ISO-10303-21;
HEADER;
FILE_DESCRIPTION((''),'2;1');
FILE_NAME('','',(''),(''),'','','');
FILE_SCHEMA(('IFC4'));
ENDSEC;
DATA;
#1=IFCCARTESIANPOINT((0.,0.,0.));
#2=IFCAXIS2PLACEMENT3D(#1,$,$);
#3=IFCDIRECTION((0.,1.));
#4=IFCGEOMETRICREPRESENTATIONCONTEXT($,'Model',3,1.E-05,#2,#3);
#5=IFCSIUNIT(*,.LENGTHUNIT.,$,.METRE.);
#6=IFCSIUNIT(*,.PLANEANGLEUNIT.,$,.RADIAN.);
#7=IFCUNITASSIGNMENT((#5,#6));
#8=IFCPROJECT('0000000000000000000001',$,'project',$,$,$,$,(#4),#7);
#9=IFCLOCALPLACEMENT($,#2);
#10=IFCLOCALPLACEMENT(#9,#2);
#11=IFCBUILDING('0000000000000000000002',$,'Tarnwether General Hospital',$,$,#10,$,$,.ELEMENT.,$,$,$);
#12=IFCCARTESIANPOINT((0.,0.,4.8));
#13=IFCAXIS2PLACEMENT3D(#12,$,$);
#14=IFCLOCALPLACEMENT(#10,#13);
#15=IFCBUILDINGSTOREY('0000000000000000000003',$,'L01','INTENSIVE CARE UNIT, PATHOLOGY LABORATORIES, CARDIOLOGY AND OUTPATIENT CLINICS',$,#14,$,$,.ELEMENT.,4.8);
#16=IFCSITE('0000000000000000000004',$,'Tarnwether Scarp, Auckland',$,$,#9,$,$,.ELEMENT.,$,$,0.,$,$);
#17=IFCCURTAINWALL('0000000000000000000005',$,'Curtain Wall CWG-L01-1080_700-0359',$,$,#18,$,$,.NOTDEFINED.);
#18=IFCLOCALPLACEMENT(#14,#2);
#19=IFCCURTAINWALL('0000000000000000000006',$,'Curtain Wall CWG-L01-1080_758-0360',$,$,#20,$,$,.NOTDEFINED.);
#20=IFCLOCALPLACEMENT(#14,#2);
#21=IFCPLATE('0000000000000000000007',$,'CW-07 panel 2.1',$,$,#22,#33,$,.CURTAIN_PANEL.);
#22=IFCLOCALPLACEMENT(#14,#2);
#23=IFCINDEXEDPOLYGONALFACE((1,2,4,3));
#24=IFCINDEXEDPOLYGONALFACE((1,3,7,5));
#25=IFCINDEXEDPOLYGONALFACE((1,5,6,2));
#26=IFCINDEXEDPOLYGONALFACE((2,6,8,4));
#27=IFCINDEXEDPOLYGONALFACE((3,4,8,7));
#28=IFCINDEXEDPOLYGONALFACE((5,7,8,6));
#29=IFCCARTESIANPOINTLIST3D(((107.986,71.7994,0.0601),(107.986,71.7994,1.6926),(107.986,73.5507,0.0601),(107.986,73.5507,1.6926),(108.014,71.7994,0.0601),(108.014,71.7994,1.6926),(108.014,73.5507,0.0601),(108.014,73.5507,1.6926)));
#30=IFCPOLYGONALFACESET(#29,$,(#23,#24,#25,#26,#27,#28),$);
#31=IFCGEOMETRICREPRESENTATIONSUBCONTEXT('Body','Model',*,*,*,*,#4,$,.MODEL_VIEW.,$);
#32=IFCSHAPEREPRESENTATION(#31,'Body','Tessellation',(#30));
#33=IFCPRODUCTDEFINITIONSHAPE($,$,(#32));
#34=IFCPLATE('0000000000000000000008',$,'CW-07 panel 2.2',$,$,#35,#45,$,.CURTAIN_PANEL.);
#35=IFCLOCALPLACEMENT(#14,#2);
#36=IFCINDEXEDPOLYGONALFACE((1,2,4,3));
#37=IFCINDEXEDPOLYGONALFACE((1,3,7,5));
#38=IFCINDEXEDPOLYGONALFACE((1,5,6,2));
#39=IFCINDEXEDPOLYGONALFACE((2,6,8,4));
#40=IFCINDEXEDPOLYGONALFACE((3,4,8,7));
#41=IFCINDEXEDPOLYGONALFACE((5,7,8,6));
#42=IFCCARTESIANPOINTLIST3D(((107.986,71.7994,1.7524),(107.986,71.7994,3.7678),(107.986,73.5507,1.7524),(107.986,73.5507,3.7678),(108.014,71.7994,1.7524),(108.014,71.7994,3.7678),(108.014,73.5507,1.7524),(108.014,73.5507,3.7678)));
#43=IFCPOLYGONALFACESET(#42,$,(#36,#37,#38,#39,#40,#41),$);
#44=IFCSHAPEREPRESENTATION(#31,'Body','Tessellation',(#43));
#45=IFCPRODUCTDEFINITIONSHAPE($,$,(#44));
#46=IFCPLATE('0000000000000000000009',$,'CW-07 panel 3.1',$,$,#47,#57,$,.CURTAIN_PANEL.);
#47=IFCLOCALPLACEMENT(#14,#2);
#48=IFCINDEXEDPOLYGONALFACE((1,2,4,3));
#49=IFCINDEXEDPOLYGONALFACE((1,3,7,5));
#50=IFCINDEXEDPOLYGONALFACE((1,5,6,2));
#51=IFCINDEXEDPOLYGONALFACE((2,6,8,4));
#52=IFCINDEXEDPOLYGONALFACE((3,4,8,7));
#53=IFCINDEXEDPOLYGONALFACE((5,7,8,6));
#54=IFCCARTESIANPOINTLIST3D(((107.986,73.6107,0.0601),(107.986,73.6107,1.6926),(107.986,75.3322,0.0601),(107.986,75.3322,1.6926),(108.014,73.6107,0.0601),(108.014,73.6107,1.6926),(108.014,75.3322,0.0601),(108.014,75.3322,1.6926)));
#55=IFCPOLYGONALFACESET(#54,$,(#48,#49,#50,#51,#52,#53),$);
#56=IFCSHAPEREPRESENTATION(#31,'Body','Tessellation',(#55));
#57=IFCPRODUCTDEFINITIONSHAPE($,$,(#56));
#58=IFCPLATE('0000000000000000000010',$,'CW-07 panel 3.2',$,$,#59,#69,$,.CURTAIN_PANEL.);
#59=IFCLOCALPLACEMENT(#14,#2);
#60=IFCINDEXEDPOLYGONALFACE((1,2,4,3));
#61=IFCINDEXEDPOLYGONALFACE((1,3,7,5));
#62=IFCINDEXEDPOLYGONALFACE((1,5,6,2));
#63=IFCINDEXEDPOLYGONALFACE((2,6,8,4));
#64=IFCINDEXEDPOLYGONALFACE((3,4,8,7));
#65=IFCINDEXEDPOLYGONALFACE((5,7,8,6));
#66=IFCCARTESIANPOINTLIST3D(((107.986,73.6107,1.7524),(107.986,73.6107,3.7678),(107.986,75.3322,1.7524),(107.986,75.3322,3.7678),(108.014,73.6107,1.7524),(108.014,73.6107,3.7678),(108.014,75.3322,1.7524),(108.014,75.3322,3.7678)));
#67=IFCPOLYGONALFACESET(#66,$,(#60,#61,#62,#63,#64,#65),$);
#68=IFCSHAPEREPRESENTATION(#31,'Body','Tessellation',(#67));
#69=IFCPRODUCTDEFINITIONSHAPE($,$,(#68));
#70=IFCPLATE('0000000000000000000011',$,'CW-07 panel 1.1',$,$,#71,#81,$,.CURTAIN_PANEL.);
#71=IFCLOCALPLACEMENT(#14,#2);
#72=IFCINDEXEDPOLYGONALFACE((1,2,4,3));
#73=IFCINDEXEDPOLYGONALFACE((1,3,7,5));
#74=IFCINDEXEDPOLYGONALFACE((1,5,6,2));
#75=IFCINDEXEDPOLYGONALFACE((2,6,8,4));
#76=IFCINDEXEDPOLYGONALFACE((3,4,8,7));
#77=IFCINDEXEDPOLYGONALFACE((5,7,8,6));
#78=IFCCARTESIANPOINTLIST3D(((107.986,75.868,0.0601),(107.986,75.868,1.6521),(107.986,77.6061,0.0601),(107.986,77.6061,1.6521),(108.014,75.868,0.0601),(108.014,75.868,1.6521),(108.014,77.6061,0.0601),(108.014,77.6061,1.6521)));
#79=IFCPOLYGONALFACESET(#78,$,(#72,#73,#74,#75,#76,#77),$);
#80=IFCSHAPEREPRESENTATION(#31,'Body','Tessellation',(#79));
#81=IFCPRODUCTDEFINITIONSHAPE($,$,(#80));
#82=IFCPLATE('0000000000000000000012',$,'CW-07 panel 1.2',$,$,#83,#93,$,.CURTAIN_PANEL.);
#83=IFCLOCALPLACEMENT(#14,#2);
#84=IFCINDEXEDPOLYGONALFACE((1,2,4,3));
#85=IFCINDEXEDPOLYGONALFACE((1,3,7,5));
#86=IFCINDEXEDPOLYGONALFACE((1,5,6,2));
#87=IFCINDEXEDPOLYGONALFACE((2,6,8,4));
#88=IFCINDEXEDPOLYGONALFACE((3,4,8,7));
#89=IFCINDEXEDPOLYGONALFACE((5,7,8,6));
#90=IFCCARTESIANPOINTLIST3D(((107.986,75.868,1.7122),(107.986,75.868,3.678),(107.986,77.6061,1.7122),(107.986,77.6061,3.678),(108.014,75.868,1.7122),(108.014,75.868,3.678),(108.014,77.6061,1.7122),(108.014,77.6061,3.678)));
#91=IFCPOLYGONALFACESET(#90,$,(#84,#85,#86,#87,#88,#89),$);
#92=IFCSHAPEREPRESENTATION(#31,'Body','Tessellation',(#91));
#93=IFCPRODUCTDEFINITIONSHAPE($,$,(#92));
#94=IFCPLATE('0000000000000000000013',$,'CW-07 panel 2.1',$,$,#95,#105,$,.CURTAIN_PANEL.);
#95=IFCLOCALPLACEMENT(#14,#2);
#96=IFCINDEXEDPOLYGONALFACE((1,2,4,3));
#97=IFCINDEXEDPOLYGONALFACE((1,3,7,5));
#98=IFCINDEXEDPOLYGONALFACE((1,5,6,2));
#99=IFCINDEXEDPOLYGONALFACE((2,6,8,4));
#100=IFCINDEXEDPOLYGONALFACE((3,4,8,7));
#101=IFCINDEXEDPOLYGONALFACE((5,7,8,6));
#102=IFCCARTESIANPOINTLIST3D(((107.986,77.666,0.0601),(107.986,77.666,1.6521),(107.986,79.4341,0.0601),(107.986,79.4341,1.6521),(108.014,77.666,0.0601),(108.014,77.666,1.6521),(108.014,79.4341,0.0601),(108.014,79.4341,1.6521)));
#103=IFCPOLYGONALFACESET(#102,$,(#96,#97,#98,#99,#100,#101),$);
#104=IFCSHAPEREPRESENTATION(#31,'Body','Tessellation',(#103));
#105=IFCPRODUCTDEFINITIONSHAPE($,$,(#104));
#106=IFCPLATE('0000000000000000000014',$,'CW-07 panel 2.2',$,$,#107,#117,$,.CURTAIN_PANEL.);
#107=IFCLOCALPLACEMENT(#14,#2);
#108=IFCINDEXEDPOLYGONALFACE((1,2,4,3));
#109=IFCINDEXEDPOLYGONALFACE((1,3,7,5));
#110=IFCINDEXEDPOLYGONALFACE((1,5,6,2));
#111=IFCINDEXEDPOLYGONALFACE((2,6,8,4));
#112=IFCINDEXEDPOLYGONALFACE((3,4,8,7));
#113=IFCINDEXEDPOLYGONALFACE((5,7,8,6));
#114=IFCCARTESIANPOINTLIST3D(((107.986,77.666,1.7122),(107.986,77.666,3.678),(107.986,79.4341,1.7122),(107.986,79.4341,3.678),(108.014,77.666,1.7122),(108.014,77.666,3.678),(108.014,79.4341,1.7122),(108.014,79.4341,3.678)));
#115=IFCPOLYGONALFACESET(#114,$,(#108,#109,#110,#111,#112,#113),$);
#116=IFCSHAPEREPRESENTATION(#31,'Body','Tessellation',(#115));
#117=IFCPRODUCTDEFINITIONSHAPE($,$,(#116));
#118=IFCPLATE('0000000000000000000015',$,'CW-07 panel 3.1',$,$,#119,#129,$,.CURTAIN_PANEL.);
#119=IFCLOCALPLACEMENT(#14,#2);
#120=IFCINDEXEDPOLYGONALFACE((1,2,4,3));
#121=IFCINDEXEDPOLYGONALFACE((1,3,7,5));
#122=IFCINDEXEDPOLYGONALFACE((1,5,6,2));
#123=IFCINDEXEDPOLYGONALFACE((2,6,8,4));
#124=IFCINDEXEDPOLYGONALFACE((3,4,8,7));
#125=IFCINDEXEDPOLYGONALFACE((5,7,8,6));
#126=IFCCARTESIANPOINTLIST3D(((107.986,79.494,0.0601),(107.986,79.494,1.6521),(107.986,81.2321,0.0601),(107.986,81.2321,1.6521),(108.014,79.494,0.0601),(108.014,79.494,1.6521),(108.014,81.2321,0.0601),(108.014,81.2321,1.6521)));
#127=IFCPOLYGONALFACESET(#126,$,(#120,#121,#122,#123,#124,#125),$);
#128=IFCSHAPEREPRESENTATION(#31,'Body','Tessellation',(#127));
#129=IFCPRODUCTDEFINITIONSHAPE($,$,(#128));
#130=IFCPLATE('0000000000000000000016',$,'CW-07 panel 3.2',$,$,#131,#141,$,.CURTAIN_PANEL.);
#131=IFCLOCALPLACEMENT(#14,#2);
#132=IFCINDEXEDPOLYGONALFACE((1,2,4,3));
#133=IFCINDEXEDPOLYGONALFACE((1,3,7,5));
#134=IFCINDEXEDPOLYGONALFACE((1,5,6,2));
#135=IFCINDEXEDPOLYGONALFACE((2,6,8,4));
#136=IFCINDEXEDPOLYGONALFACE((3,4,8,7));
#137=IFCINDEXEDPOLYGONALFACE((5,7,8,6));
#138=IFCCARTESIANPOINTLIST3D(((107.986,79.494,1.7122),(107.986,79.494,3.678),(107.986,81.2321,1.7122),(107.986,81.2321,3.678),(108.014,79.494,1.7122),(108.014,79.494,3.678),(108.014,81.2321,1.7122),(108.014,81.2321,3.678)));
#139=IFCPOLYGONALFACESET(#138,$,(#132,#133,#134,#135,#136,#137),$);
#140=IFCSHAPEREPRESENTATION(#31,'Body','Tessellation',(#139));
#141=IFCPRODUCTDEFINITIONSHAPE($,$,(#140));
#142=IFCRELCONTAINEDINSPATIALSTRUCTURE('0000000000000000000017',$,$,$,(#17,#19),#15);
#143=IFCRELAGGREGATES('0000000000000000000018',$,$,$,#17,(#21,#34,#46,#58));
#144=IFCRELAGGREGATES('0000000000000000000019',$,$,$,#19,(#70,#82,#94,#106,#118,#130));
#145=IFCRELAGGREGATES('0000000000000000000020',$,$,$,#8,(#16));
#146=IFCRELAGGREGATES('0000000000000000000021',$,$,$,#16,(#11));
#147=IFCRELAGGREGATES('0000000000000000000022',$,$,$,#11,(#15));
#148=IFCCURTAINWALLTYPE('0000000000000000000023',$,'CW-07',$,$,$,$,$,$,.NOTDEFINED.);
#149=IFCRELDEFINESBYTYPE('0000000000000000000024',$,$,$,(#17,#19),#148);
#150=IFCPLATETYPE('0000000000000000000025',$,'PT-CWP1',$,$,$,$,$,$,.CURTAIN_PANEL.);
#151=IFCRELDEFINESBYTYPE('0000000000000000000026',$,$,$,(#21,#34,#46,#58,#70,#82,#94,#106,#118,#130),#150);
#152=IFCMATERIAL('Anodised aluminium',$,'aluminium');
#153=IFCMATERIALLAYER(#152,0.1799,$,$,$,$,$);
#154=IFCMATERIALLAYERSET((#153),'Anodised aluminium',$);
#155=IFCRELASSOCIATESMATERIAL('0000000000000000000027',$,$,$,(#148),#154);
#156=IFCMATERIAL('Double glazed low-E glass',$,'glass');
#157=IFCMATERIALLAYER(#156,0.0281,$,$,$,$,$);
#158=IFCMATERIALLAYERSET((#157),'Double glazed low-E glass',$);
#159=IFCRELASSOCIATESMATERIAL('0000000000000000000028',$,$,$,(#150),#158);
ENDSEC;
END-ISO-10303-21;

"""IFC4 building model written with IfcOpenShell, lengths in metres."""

from ifc_helpers import new_model, si_unit, direction, frame, origin, origin_2d, place, context, subcontext, project, spatial, rectangle, extrude, material, layer, layer_set, type_object, element, aggregate, save


model = new_model("IFC4")

# Units and contexts
model_context = context("Model", 3, precision=1e-05, world=origin(), true_north=direction((0.0, 1.0)))
body_context = subcontext(model_context, "Body", "Model", "MODEL_VIEW")
ifc_project = project(units=[si_unit("LENGTHUNIT", "METRE"), si_unit("PLANEANGLEUNIT", "RADIAN")], contexts=[model_context])

# Site, building, storey
site_placement = place(None, origin())
site = spatial("IfcSite", under=ifc_project, at=site_placement, Name="Tarnwether Scarp, Auckland", CompositionType="ELEMENT", RefElevation=0.0)
building_placement = place(site_placement, origin())
building = spatial("IfcBuilding", under=site, at=building_placement, Name="Tarnwether General Hospital", CompositionType="ELEMENT")
storey_placement = place(building_placement, frame((0.0, 0.0, 4.8)))
storey = spatial("IfcBuildingStorey", under=building, at=storey_placement, Name="L01", Description="INTENSIVE CARE UNIT, PATHOLOGY LABORATORIES, CARDIOLOGY AND OUTPATIENT CLINICS", CompositionType="ELEMENT", Elevation=4.8)

# Curtain walls
ifc_material_1 = material(Name="Anodised aluminium", Category="aluminium")
ifc_layer_1 = layer(ifc_material_1, 0.1799)
ifc_layer_set_1 = layer_set([ifc_layer_1], Name="Anodised aluminium")
curtain_wall_type = type_object("IfcCurtainWallType", Name="CW-07", PredefinedType="NOTDEFINED", material=ifc_layer_set_1)
curtain_wall_1_placement = place(storey_placement, origin())
curtain_wall_1 = element("IfcCurtainWall", 1, at=curtain_wall_1_placement, inside=storey, type_object=curtain_wall_type, Name="Curtain Wall CWG-L01-1080_700-0359", PredefinedType="NOTDEFINED")
curtain_wall_2_placement = place(storey_placement, origin())
curtain_wall_2 = element("IfcCurtainWall", 2, at=curtain_wall_2_placement, inside=storey, type_object=curtain_wall_type, Name="Curtain Wall CWG-L01-1080_758-0360", PredefinedType="NOTDEFINED")

# Plates
ifc_material_2 = material(Name="Double glazed low-E glass", Category="glass")
ifc_layer_2 = layer(ifc_material_2, 0.0281)
ifc_layer_set_2 = layer_set([ifc_layer_2], Name="Double glazed low-E glass")
plate_type = type_object("IfcPlateType", Name="PT-CWP1", PredefinedType="CURTAIN_PANEL", material=ifc_layer_set_2)
plate_1_placement = place(storey_placement, frame((108.0, 72.675, 0.0601), z_axis=(0.0, 0.0, 1.0), x_axis=(0.0, 1.0, 0.0)))
plate_1 = element("IfcPlate", 3, at=plate_1_placement, type_object=plate_type, Name="CW-07 panel 2.1", PredefinedType="CURTAIN_PANEL", context=body_context, shape_type="SweptSolid", body=[
    extrude(rectangle(XDim=1.7512, YDim=0.0281, at=origin_2d()), origin(), (0.0, 0.0, 1.0), 1.6326),
])
plate_2_placement = place(storey_placement, frame((108.0, 72.675, 1.7524), z_axis=(0.0, 0.0, 1.0), x_axis=(0.0, 1.0, 0.0)))
plate_2 = element("IfcPlate", 4, at=plate_2_placement, type_object=plate_type, Name="CW-07 panel 2.2", PredefinedType="CURTAIN_PANEL", context=body_context, shape_type="SweptSolid", body=[
    extrude(rectangle(XDim=1.7512, YDim=0.0281, at=origin_2d()), origin(), (0.0, 0.0, 1.0), 2.0154),
])
plate_3_placement = place(storey_placement, frame((108.0, 74.4714, 0.0601), z_axis=(0.0, 0.0, 1.0), x_axis=(0.0, 1.0, 0.0)))
plate_3 = element("IfcPlate", 5, at=plate_3_placement, type_object=plate_type, Name="CW-07 panel 3.1", PredefinedType="CURTAIN_PANEL", context=body_context, shape_type="SweptSolid", body=[
    extrude(rectangle(XDim=1.7214, YDim=0.0281, at=origin_2d()), origin(), (0.0, 0.0, 1.0), 1.6326),
])
plate_4_placement = place(storey_placement, frame((108.0, 74.4714, 1.7524), z_axis=(0.0, 0.0, 1.0), x_axis=(0.0, 1.0, 0.0)))
plate_4 = element("IfcPlate", 6, at=plate_4_placement, type_object=plate_type, Name="CW-07 panel 3.2", PredefinedType="CURTAIN_PANEL", context=body_context, shape_type="SweptSolid", body=[
    extrude(rectangle(XDim=1.7214, YDim=0.0281, at=origin_2d()), origin(), (0.0, 0.0, 1.0), 2.0154),
])
aggregate(curtain_wall_1, [plate_1, plate_2, plate_3, plate_4])
plate_5_placement = place(storey_placement, frame((108.0, 76.7371, 0.0601), z_axis=(0.0, 0.0, 1.0), x_axis=(0.0, 1.0, 0.0)))
plate_5 = element("IfcPlate", 7, at=plate_5_placement, type_object=plate_type, Name="CW-07 panel 1.1", PredefinedType="CURTAIN_PANEL", context=body_context, shape_type="SweptSolid", body=[
    extrude(rectangle(XDim=1.738, YDim=0.0281, at=origin_2d()), origin(), (0.0, 0.0, 1.0), 1.592),
])
plate_6_placement = place(storey_placement, frame((108.0, 76.7371, 1.7122), z_axis=(0.0, 0.0, 1.0), x_axis=(0.0, 1.0, 0.0)))
plate_6 = element("IfcPlate", 8, at=plate_6_placement, type_object=plate_type, Name="CW-07 panel 1.2", PredefinedType="CURTAIN_PANEL", context=body_context, shape_type="SweptSolid", body=[
    extrude(rectangle(XDim=1.738, YDim=0.0281, at=origin_2d()), origin(), (0.0, 0.0, 1.0), 1.9658),
])
plate_7_placement = place(storey_placement, frame((108.0, 78.55, 0.0601), z_axis=(0.0, 0.0, 1.0), x_axis=(0.0, 1.0, 0.0)))
plate_7 = element("IfcPlate", 9, at=plate_7_placement, type_object=plate_type, Name="CW-07 panel 2.1", PredefinedType="CURTAIN_PANEL", context=body_context, shape_type="SweptSolid", body=[
    extrude(rectangle(XDim=1.7681, YDim=0.0281, at=origin_2d()), origin(), (0.0, 0.0, 1.0), 1.592),
])
plate_8_placement = place(storey_placement, frame((108.0, 78.55, 1.7122), z_axis=(0.0, 0.0, 1.0), x_axis=(0.0, 1.0, 0.0)))
plate_8 = element("IfcPlate", 10, at=plate_8_placement, type_object=plate_type, Name="CW-07 panel 2.2", PredefinedType="CURTAIN_PANEL", context=body_context, shape_type="SweptSolid", body=[
    extrude(rectangle(XDim=1.7681, YDim=0.0281, at=origin_2d()), origin(), (0.0, 0.0, 1.0), 1.9658),
])
plate_9_placement = place(storey_placement, frame((108.0, 80.363, 0.0601), z_axis=(0.0, 0.0, 1.0), x_axis=(0.0, 1.0, 0.0)))
plate_9 = element("IfcPlate", 11, at=plate_9_placement, type_object=plate_type, Name="CW-07 panel 3.1", PredefinedType="CURTAIN_PANEL", context=body_context, shape_type="SweptSolid", body=[
    extrude(rectangle(XDim=1.738, YDim=0.0281, at=origin_2d()), origin(), (0.0, 0.0, 1.0), 1.592),
])
plate_10_placement = place(storey_placement, frame((108.0, 80.363, 1.7122), z_axis=(0.0, 0.0, 1.0), x_axis=(0.0, 1.0, 0.0)))
plate_10 = element("IfcPlate", 12, at=plate_10_placement, type_object=plate_type, Name="CW-07 panel 3.2", PredefinedType="CURTAIN_PANEL", context=body_context, shape_type="SweptSolid", body=[
    extrude(rectangle(XDim=1.738, YDim=0.0281, at=origin_2d()), origin(), (0.0, 0.0, 1.0), 1.9658),
])
aggregate(curtain_wall_2, [plate_5, plate_6, plate_7, plate_8, plate_9, plate_10])

save(model, "model.ifc")
